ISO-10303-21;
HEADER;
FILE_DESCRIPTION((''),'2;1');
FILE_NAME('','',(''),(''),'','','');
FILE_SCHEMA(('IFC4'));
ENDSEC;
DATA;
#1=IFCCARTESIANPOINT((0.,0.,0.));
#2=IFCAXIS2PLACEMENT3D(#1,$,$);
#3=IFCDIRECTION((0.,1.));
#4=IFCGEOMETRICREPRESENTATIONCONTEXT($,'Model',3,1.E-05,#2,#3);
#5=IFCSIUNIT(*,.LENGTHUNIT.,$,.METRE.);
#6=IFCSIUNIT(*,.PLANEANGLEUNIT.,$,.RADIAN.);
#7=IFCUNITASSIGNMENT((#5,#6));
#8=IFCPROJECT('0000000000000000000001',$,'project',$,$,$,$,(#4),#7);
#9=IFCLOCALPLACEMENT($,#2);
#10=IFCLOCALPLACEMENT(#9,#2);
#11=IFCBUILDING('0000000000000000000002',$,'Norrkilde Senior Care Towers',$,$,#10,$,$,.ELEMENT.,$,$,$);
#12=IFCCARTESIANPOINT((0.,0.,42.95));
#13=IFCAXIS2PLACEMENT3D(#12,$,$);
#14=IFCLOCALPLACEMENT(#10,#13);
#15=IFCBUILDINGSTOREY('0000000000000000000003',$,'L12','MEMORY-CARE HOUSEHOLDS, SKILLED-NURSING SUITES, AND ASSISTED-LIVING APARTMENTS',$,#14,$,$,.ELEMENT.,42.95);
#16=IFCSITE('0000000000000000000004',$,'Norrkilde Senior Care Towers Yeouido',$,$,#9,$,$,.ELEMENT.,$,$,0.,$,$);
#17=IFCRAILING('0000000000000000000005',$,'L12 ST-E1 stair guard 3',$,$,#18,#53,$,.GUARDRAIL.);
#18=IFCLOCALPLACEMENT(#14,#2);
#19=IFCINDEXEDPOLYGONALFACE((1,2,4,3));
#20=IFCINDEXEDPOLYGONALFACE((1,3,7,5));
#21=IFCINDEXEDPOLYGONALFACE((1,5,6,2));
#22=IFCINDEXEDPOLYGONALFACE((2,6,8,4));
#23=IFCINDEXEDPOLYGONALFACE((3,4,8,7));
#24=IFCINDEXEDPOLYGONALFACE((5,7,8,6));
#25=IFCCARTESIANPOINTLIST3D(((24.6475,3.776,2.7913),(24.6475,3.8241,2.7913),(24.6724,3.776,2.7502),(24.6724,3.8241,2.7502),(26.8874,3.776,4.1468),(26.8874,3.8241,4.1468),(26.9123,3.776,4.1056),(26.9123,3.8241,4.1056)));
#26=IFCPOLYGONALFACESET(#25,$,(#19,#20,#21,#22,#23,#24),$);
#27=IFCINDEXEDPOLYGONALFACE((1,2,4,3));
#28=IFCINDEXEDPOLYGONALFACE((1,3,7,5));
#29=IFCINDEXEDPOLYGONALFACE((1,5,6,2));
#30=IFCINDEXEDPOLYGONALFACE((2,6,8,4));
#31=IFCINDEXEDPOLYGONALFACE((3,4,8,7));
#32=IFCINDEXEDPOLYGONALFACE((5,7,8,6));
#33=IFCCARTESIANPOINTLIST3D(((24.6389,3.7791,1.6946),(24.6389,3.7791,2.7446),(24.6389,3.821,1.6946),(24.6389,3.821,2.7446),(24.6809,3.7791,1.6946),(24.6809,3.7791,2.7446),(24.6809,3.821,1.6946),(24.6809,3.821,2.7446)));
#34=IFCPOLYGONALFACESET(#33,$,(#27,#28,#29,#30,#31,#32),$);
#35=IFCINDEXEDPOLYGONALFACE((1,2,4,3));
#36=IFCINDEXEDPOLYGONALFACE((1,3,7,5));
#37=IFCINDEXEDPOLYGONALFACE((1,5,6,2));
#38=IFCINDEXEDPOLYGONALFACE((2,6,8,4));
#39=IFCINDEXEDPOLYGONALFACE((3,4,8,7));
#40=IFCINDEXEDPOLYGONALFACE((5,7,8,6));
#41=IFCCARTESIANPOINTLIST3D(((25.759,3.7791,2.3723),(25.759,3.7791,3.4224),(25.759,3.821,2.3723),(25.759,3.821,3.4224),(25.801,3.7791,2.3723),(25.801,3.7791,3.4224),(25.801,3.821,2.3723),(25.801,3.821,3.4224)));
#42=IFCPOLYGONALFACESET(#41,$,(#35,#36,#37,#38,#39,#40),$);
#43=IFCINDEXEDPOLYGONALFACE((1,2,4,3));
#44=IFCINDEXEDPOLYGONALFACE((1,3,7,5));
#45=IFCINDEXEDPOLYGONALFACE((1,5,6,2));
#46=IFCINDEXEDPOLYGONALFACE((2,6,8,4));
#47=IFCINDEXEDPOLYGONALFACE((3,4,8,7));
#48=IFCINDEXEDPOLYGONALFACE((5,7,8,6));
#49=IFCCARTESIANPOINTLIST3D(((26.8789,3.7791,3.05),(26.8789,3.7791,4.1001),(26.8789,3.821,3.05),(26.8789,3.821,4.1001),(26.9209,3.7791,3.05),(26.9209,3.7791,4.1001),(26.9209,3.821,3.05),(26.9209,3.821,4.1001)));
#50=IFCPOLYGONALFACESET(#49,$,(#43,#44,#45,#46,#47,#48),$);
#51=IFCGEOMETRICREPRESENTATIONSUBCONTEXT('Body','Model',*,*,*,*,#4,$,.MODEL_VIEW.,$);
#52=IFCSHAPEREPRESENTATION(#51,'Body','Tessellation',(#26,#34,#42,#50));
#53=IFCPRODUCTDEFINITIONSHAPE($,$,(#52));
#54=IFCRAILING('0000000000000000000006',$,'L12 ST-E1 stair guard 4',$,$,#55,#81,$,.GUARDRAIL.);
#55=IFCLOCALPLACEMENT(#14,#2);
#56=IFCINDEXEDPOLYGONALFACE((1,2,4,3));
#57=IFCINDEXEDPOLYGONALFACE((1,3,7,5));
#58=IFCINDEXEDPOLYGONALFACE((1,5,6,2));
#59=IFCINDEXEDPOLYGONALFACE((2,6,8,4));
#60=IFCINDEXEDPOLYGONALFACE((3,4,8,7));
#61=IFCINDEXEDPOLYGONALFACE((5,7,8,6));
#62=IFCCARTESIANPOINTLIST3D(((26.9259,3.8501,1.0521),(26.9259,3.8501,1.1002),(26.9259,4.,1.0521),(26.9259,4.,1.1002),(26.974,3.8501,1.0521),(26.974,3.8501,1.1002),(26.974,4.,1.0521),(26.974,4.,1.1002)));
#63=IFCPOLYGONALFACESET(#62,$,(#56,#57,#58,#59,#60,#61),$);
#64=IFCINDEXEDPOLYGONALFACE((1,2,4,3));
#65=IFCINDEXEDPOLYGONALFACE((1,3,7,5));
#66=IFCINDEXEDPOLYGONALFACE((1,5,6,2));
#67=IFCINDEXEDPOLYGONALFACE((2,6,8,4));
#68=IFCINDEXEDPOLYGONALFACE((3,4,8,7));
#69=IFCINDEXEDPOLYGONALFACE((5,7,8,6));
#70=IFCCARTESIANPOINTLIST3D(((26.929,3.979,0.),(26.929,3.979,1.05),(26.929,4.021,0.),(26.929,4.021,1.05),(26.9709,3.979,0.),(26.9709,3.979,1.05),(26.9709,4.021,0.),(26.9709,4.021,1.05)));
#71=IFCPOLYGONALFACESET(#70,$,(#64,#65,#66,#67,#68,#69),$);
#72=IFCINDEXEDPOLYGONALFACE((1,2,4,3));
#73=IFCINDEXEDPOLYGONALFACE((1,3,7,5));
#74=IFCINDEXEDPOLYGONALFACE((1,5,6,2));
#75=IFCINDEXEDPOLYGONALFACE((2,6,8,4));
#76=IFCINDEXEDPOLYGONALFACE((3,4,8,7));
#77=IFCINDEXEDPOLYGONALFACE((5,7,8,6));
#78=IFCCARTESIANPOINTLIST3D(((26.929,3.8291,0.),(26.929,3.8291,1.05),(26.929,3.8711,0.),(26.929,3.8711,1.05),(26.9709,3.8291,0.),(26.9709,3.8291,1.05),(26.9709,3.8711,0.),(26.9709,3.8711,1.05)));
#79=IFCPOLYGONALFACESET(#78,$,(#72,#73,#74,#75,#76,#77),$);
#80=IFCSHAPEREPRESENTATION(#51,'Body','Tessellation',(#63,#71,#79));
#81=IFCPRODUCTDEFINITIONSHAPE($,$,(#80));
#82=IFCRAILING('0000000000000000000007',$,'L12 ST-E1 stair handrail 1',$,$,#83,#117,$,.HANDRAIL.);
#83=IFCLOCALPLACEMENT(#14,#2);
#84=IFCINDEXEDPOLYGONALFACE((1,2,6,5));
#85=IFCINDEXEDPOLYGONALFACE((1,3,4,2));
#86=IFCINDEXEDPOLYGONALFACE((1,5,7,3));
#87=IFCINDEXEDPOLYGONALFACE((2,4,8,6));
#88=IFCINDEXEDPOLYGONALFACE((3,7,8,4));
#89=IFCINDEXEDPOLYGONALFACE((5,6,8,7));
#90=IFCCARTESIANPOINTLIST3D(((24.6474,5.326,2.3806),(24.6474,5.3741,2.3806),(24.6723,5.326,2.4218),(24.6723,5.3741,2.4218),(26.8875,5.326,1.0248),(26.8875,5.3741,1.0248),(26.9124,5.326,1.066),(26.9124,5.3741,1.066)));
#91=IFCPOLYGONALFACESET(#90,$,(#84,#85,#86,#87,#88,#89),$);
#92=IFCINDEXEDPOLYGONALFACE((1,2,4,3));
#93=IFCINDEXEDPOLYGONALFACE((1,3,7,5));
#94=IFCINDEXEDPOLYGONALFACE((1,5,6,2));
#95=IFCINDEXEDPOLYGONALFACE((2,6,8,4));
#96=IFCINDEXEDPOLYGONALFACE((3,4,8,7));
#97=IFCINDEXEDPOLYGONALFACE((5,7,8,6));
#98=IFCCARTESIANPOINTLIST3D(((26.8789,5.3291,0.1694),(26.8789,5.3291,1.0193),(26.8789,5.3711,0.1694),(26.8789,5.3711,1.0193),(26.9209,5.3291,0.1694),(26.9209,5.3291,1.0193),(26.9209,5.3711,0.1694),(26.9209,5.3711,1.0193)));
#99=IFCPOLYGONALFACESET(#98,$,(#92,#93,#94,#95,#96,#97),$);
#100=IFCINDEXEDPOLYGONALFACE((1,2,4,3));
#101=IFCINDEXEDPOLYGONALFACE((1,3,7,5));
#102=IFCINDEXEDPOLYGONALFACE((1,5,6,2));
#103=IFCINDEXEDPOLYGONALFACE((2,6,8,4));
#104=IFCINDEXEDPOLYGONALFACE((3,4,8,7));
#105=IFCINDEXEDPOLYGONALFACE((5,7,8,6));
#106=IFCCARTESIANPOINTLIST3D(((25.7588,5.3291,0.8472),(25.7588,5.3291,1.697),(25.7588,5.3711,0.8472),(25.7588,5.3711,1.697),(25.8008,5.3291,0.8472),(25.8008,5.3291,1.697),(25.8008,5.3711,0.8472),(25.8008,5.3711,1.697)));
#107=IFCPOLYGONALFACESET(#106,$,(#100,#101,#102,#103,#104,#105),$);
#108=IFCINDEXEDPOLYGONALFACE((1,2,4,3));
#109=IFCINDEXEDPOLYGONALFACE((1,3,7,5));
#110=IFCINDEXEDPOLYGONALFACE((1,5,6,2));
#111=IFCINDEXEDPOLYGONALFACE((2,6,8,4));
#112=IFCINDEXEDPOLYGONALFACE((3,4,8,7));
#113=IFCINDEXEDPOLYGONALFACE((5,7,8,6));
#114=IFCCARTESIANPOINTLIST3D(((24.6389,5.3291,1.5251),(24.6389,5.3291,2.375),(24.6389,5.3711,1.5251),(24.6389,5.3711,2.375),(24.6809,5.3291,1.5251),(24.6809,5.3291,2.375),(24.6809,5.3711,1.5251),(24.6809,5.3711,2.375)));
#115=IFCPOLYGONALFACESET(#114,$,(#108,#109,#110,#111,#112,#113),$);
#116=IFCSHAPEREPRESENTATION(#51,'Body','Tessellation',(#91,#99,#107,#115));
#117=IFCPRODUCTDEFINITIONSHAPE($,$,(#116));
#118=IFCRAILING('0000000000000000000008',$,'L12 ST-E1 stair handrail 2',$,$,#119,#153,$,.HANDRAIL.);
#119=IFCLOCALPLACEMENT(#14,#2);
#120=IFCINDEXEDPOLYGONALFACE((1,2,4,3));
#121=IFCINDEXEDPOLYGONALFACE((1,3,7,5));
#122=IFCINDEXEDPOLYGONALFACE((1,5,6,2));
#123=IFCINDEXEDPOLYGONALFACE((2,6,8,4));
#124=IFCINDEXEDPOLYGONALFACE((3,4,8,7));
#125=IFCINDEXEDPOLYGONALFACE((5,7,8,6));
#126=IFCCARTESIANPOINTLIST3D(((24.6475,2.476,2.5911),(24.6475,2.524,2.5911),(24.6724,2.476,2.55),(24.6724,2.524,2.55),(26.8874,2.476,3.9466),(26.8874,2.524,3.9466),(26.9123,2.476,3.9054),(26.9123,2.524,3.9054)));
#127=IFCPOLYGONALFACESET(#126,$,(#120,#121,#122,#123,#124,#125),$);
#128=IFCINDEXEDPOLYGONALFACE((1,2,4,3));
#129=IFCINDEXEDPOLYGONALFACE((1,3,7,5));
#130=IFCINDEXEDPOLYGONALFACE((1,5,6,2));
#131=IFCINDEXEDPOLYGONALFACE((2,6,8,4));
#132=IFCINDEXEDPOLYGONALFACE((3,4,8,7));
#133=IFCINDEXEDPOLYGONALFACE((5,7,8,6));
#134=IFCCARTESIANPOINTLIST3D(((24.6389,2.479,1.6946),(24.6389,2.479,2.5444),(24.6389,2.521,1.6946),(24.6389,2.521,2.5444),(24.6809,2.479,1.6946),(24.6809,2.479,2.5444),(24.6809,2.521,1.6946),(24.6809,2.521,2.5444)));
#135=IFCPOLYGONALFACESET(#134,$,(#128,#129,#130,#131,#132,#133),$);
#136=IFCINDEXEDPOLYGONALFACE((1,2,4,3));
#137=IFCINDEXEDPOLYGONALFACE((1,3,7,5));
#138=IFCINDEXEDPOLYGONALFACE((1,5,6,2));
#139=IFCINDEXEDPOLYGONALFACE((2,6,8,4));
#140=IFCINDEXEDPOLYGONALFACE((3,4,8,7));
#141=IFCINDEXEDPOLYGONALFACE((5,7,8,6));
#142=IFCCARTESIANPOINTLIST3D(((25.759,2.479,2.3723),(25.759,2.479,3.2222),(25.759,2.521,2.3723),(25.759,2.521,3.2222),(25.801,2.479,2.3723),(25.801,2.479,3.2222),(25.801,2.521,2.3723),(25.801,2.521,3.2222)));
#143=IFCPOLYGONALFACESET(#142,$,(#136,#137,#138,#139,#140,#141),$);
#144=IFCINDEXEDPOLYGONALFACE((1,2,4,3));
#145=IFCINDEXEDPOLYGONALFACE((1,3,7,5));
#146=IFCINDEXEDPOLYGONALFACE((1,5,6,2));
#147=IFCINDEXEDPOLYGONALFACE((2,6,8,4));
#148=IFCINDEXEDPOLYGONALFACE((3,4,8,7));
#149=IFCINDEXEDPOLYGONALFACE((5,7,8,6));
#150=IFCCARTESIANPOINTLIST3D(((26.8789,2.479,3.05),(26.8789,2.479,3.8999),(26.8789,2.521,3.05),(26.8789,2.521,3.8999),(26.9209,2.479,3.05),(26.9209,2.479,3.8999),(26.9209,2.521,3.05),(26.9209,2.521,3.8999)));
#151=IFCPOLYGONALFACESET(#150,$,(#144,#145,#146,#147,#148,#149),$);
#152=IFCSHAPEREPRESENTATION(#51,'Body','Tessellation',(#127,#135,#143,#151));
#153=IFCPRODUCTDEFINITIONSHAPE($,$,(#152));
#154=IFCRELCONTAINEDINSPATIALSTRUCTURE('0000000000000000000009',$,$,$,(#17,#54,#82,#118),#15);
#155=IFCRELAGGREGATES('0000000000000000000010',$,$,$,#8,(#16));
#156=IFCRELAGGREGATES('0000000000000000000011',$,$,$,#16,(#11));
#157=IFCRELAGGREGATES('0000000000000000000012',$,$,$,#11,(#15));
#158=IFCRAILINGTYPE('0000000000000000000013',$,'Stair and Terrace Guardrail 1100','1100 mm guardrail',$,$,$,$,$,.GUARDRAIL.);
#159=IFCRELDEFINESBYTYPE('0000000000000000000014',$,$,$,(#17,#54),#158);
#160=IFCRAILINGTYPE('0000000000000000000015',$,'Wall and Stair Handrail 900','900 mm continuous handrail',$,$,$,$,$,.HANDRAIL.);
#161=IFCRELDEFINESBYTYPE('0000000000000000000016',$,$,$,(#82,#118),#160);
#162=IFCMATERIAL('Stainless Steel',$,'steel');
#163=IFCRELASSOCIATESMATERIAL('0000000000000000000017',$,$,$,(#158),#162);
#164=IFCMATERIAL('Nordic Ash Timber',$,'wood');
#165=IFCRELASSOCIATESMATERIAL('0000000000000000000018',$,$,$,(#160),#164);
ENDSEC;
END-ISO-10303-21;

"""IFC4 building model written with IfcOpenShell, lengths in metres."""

from ifc_helpers import new_model, si_unit, direction, frame, origin, origin_2d, place, context, subcontext, project, spatial, rectangle, extrude, material, type_object, element, save


model = new_model("IFC4")

# Units and contexts
model_context = context("Model", 3, precision=1e-05, world=origin(), true_north=direction((0.0, 1.0)))
body_context = subcontext(model_context, "Body", "Model", "MODEL_VIEW")
ifc_project = project(units=[si_unit("LENGTHUNIT", "METRE"), si_unit("PLANEANGLEUNIT", "RADIAN")], contexts=[model_context])

# Site, building, storey
site_placement = place(None, origin())
site = spatial("IfcSite", under=ifc_project, at=site_placement, Name="Norrkilde Senior Care Towers Yeouido", CompositionType="ELEMENT", RefElevation=0.0)
building_placement = place(site_placement, origin())
building = spatial("IfcBuilding", under=site, at=building_placement, Name="Norrkilde Senior Care Towers", CompositionType="ELEMENT")
storey_placement = place(building_placement, frame((0.0, 0.0, 42.95)))
storey = spatial("IfcBuildingStorey", under=building, at=storey_placement, Name="L12", Description="MEMORY-CARE HOUSEHOLDS, SKILLED-NURSING SUITES, AND ASSISTED-LIVING APARTMENTS", CompositionType="ELEMENT", Elevation=42.95)

# Shared definitions
ifc_material_1 = material(Name="Stainless Steel", Category="steel")

# Shared definitions
ifc_material_2 = material(Name="Nordic Ash Timber", Category="wood")

# Railings
railing_type_1 = type_object("IfcRailingType", Name="Stair and Terrace Guardrail 1100", Description="1100 mm guardrail", PredefinedType="GUARDRAIL", material=ifc_material_1)
railing_1_placement = place(storey_placement, frame((24.6599, 3.8, 1.6946)))
element("IfcRailing", 1, at=railing_1_placement, inside=storey, type_object=railing_type_1, Name="L12 ST-E1 stair guard 3", PredefinedType="GUARDRAIL", context=body_context, shape_type="SweptSolid", body=[
    extrude(rectangle(XDim=0.0481, YDim=0.0481, at=origin_2d()), frame((0.0, 0.0, 1.0762), z_axis=(0.855553, 0.0, 0.517715), x_axis=(0.0, 1.0, 0.0)), (0.0, 0.0, 1.0), 2.6182),
    extrude(rectangle(XDim=0.042, YDim=0.042, at=origin_2d()), origin(), (0.0, 0.0, 1.0), 1.05),
    extrude(rectangle(XDim=0.042, YDim=0.042, at=origin_2d()), frame((1.1201, 0.0, 0.6777)), (0.0, 0.0, 1.0), 1.05),
    extrude(rectangle(XDim=0.042, YDim=0.042, at=origin_2d()), frame((2.24, 0.0, 1.3555)), (0.0, 0.0, 1.0), 1.05),
])
railing_2_placement = place(storey_placement, frame((26.95, 4.0, 0.0)))
element("IfcRailing", 2, at=railing_2_placement, inside=storey, type_object=railing_type_1, Name="L12 ST-E1 stair guard 4", PredefinedType="GUARDRAIL", context=body_context, shape_type="SweptSolid", body=[
    extrude(rectangle(XDim=0.0481, YDim=0.0481, at=origin_2d()), frame((0.0, 0.0, 1.0762), z_axis=(0.0, -1.0, 0.0), x_axis=(1.0, 0.0, 0.0)), (0.0, 0.0, 1.0), 0.1499),
    extrude(rectangle(XDim=0.042, YDim=0.042, at=origin_2d()), origin(), (0.0, 0.0, 1.0), 1.05),
    extrude(rectangle(XDim=0.042, YDim=0.042, at=origin_2d()), frame((0.0, -0.1499, 0.0)), (0.0, 0.0, 1.0), 1.05),
])
railing_type_2 = type_object("IfcRailingType", Name="Wall and Stair Handrail 900", Description="900 mm continuous handrail", PredefinedType="HANDRAIL", material=ifc_material_2)
railing_3_placement = place(storey_placement, frame((26.8999, 5.3501, 0.1694)))
element("IfcRailing", 3, at=railing_3_placement, inside=storey, type_object=railing_type_2, Name="L12 ST-E1 stair handrail 1", PredefinedType="HANDRAIL", context=body_context, shape_type="SweptSolid", body=[
    extrude(rectangle(XDim=0.0481, YDim=0.0481, at=origin_2d()), frame((0.0, 0.0, 0.876), z_axis=(-0.855512, 0.0, 0.517783), x_axis=(0.0, -1.0, 0.0)), (0.0, 0.0, 1.0), 2.6184),
    extrude(rectangle(XDim=0.042, YDim=0.042, at=origin_2d()), origin(), (0.0, 0.0, 1.0), 0.8499),
    extrude(rectangle(XDim=0.042, YDim=0.042, at=origin_2d()), frame((-1.1201, 0.0, 0.6777)), (0.0, 0.0, 1.0), 0.8499),
    extrude(rectangle(XDim=0.042, YDim=0.042, at=origin_2d()), frame((-2.24, 0.0, 1.3557)), (0.0, 0.0, 1.0), 0.8499),
])
railing_4_placement = place(storey_placement, frame((24.6599, 2.5, 1.6946)))
element("IfcRailing", 4, at=railing_4_placement, inside=storey, type_object=railing_type_2, Name="L12 ST-E1 stair handrail 2", PredefinedType="HANDRAIL", context=body_context, shape_type="SweptSolid", body=[
    extrude(rectangle(XDim=0.0481, YDim=0.0481, at=origin_2d()), frame((0.0, 0.0, 0.876), z_axis=(0.855553, 0.0, 0.517715), x_axis=(0.0, 1.0, 0.0)), (0.0, 0.0, 1.0), 2.6182),
    extrude(rectangle(XDim=0.042, YDim=0.042, at=origin_2d()), origin(), (0.0, 0.0, 1.0), 0.8499),
    extrude(rectangle(XDim=0.042, YDim=0.042, at=origin_2d()), frame((1.1201, 0.0, 0.6777)), (0.0, 0.0, 1.0), 0.8499),
    extrude(rectangle(XDim=0.042, YDim=0.042, at=origin_2d()), frame((2.24, 0.0, 1.3555)), (0.0, 0.0, 1.0), 0.8499),
])

save(model, "model.ifc")
